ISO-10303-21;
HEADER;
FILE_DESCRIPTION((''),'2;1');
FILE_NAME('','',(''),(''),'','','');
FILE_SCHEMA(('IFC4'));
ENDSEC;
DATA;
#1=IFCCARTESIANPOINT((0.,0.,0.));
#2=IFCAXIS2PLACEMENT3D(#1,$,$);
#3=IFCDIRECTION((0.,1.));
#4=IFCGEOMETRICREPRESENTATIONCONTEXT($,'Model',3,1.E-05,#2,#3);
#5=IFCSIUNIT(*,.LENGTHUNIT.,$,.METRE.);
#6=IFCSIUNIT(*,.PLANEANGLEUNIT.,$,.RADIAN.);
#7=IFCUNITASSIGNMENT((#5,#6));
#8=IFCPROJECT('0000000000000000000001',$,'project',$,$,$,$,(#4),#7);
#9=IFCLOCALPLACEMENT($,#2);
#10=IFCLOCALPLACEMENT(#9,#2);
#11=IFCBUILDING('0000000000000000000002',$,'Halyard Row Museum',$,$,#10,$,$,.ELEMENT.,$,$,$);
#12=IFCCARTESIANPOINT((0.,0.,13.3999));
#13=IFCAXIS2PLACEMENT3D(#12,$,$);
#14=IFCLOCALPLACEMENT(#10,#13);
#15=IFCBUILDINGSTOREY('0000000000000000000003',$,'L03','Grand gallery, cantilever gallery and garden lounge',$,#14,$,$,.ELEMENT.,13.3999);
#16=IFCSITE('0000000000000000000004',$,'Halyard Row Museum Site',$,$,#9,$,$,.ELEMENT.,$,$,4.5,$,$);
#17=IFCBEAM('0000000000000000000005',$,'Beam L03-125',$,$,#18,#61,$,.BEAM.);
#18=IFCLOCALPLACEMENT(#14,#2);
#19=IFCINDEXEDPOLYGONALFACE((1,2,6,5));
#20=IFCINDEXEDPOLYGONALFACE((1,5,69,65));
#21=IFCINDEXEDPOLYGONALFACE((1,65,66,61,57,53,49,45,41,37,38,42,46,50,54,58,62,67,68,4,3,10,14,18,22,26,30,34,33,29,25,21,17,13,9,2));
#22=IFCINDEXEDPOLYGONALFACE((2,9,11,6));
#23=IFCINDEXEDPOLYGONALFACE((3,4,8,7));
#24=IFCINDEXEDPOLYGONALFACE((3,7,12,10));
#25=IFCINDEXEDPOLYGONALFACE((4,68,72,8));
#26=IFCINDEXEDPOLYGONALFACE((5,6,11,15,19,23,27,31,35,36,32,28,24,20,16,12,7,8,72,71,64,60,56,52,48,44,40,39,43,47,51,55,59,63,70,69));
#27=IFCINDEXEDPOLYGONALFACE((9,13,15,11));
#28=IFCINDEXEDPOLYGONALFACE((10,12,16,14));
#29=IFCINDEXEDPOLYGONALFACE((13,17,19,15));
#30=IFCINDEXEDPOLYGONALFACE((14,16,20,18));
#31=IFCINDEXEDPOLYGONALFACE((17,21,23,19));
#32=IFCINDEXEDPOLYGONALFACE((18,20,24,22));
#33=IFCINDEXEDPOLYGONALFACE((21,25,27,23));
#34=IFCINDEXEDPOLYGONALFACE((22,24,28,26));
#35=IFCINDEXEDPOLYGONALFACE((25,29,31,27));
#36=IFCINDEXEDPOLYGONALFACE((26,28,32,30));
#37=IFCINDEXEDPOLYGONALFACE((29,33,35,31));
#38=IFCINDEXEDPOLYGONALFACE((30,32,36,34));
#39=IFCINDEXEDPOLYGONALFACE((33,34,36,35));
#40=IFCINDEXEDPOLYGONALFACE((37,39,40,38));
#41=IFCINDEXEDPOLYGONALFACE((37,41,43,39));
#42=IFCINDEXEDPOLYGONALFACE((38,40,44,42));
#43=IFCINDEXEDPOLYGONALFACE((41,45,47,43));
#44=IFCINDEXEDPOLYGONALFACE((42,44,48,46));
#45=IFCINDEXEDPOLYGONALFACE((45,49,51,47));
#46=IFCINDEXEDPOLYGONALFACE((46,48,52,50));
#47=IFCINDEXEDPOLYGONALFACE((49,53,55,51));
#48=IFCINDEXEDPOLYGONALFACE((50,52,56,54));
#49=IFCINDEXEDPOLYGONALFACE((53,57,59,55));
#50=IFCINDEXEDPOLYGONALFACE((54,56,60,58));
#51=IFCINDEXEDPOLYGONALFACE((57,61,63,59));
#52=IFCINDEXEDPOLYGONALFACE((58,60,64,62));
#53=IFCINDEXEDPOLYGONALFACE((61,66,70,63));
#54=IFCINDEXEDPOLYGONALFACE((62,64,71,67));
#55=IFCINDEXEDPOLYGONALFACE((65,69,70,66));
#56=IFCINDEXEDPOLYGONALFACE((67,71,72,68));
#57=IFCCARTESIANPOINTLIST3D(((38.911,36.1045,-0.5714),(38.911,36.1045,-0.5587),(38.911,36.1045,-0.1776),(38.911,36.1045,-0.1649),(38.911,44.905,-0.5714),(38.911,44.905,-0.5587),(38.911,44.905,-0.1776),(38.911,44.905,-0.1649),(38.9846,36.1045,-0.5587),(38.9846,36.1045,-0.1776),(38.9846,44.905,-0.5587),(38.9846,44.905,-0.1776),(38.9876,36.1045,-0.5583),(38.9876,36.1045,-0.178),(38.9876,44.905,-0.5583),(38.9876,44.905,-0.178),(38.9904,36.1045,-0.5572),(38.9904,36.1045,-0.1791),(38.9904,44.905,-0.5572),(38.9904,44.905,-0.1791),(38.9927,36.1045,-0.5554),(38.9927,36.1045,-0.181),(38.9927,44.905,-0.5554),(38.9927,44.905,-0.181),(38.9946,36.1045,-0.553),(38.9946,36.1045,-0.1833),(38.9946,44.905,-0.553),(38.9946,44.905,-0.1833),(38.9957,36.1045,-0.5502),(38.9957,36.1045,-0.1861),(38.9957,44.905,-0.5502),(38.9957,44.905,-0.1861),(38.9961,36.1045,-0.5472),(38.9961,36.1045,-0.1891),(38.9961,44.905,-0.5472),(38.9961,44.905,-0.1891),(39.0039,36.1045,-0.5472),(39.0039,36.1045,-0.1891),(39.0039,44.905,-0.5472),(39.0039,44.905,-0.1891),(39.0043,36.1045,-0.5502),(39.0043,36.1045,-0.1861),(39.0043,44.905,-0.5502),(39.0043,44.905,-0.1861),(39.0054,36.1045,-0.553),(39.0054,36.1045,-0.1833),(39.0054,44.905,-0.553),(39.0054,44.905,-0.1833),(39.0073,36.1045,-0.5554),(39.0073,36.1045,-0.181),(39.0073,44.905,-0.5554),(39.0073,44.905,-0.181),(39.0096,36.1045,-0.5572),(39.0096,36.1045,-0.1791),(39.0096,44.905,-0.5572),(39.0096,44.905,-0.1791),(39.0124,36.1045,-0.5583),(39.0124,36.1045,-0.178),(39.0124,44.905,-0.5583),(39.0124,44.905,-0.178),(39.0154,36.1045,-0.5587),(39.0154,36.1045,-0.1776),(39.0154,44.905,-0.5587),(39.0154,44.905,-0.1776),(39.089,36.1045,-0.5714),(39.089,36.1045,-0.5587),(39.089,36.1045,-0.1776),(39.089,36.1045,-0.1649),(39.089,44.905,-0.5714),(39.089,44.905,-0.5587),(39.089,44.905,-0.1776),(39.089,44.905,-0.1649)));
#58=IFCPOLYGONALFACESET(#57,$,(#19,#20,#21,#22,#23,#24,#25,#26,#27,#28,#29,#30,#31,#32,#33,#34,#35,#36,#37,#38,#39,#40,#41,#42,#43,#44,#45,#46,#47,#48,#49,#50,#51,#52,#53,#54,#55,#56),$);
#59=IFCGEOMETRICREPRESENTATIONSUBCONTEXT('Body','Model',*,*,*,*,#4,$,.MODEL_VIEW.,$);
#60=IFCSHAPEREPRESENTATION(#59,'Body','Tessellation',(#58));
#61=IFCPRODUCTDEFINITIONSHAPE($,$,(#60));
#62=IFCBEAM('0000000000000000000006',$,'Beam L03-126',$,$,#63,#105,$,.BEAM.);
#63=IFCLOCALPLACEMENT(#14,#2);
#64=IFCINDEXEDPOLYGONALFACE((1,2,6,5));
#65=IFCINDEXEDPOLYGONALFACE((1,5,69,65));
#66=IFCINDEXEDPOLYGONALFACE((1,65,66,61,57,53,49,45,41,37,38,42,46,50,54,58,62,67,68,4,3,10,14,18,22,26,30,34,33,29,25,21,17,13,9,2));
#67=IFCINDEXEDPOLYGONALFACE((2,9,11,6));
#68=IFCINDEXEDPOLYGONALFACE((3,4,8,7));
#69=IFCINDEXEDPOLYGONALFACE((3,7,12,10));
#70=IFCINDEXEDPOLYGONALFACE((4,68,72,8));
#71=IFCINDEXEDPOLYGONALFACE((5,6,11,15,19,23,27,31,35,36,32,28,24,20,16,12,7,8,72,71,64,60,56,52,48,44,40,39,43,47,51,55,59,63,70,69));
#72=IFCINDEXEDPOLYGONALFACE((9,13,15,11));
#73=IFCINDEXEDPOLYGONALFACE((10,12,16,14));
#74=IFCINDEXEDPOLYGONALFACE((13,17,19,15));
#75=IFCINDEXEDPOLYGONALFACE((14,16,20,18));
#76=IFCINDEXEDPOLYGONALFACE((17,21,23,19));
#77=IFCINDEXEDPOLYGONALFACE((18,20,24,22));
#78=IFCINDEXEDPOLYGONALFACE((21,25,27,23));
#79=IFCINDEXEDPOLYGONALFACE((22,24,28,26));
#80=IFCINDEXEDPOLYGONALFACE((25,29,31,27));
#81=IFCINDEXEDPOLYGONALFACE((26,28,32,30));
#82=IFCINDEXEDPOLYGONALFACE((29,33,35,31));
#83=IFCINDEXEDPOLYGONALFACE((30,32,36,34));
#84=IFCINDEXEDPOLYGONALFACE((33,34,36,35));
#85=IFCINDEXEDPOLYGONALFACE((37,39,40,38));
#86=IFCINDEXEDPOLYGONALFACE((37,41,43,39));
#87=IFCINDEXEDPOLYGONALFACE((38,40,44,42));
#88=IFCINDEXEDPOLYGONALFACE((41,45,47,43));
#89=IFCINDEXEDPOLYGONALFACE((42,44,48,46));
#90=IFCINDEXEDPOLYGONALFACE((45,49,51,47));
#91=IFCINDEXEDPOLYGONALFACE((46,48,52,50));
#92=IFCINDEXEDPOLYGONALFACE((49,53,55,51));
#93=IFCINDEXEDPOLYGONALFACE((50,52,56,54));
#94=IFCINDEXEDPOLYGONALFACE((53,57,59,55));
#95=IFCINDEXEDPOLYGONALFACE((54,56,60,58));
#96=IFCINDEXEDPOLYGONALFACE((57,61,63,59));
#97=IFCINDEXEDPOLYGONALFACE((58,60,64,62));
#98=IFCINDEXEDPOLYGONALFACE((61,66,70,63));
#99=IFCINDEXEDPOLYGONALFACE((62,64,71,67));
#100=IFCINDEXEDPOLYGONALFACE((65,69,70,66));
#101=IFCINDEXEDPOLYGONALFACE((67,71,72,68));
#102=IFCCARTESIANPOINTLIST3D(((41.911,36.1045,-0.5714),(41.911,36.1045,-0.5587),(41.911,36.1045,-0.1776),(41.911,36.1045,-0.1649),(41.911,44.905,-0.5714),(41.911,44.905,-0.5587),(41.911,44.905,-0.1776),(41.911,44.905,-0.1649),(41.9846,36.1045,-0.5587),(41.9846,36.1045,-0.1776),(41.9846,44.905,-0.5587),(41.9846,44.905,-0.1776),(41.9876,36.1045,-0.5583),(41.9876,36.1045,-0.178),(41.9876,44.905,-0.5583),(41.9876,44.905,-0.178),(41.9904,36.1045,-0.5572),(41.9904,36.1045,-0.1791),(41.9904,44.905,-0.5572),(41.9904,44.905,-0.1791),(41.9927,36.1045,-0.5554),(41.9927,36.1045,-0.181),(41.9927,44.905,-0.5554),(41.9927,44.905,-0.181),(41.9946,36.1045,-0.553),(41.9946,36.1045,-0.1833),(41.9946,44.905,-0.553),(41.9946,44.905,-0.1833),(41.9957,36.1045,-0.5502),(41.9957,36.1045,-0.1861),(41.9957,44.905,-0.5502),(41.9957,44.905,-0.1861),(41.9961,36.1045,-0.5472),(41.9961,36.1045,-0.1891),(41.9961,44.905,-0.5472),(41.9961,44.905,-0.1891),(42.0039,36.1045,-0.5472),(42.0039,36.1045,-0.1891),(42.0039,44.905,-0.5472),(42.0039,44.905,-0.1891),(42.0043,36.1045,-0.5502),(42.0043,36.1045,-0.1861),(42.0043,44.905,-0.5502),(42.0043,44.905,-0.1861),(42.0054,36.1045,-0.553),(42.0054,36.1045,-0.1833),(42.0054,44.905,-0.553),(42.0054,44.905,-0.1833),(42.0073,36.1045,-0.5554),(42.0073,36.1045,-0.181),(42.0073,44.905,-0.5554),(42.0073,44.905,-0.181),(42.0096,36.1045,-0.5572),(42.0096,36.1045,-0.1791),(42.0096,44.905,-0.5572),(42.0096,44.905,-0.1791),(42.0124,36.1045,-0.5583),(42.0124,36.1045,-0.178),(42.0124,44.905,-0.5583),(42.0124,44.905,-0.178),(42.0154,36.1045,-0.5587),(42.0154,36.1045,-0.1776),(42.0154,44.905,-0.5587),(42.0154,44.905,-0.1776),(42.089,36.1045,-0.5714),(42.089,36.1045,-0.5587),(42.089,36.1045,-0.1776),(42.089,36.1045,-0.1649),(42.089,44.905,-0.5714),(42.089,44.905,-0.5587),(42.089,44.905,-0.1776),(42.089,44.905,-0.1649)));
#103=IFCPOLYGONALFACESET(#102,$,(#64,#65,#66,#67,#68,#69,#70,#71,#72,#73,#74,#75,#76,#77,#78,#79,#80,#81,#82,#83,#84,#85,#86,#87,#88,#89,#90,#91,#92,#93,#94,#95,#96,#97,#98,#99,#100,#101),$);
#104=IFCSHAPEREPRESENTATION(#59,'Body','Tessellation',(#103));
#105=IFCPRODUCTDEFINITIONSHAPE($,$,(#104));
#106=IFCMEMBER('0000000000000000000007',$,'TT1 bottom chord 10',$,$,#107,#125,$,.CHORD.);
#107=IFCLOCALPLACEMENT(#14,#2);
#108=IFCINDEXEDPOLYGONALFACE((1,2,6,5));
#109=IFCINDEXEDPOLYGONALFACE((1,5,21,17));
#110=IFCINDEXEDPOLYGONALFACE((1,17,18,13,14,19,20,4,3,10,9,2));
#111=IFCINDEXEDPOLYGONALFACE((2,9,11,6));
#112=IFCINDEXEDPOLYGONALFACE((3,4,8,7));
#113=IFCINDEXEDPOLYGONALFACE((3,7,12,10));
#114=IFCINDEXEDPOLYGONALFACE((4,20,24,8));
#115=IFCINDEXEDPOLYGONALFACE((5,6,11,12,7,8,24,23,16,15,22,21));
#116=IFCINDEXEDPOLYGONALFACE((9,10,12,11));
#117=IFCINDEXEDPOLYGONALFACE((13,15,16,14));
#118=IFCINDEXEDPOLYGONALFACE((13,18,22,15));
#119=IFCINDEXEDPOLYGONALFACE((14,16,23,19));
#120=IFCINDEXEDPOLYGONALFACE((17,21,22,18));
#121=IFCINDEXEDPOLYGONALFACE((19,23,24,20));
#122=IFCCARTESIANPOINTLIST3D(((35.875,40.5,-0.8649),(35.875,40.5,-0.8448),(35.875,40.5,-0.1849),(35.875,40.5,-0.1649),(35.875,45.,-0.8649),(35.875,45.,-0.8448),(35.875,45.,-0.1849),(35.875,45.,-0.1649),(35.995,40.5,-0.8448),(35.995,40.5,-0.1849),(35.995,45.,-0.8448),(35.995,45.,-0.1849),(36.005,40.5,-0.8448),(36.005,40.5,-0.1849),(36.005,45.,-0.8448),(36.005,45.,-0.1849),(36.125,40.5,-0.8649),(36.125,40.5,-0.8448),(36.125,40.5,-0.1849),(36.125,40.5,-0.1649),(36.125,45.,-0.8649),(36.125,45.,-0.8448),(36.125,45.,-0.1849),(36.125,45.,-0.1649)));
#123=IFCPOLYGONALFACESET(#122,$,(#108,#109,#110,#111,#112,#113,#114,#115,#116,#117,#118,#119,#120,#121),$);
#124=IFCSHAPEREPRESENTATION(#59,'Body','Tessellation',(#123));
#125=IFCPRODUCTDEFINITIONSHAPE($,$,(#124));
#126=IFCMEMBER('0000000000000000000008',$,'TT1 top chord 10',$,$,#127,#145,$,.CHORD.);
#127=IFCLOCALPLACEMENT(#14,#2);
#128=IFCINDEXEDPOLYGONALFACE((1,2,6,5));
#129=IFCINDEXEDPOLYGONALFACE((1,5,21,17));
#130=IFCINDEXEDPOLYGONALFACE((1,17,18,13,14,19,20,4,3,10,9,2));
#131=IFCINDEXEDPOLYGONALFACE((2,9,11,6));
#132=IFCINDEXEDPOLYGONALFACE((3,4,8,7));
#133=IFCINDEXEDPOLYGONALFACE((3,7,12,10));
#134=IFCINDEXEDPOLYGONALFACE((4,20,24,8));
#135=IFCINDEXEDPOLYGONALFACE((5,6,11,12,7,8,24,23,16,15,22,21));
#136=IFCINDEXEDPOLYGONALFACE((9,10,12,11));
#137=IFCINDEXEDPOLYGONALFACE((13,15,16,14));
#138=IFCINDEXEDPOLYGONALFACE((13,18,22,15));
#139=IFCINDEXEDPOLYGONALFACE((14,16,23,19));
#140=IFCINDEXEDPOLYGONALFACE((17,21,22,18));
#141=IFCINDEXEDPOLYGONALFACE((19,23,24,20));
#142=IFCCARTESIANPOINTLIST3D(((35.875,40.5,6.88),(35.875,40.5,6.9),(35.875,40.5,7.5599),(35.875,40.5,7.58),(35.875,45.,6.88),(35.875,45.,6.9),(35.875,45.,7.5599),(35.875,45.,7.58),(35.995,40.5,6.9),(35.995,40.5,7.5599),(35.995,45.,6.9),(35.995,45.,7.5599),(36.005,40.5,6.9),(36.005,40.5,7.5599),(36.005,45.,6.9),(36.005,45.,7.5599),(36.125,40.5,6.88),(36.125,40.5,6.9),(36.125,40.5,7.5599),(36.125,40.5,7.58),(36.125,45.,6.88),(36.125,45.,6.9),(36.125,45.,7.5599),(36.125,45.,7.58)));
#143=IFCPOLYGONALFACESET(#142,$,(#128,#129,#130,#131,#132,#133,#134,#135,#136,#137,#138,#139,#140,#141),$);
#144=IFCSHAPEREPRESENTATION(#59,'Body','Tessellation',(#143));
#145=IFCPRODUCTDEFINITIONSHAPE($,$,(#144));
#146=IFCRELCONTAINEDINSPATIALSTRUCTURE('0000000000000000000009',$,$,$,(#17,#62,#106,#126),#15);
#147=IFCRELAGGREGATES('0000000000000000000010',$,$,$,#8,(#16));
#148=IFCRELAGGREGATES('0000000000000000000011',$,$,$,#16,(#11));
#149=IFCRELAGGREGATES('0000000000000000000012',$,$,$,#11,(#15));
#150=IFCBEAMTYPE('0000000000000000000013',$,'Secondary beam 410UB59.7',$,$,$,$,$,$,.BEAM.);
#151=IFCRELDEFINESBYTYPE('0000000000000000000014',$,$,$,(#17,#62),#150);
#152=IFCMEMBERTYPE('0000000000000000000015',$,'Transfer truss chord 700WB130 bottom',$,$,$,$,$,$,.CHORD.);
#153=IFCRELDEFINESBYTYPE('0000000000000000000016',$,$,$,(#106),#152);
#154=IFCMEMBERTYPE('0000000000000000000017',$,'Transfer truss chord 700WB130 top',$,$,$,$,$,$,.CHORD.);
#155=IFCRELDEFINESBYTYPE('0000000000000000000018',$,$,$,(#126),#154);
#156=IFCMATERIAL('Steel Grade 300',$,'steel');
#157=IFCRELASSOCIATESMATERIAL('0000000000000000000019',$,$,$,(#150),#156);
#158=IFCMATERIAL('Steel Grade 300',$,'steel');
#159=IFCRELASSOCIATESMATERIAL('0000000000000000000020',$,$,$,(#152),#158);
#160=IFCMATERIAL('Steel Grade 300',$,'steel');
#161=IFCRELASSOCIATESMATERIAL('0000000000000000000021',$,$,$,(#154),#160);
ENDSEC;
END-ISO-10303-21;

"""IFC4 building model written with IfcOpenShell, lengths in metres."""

from ifc_helpers import new_model, si_unit, direction, frame, origin, origin_2d, place, context, subcontext, project, spatial, i_section, extrude, material, material_profile, profile_set, type_object, element, save


model = new_model("IFC4")

# Units and contexts
model_context = context("Model", 3, precision=1e-05, world=origin(), true_north=direction((0.0, 1.0)))
body_context = subcontext(model_context, "Body", "Model", "MODEL_VIEW")
ifc_project = project(units=[si_unit("LENGTHUNIT", "METRE"), si_unit("PLANEANGLEUNIT", "RADIAN")], contexts=[model_context])

# Site, building, storey
site_placement = place(None, origin())
site = spatial("IfcSite", under=ifc_project, at=site_placement, Name="Halyard Row Museum Site", CompositionType="ELEMENT", RefElevation=4.5)
building_placement = place(site_placement, origin())
building = spatial("IfcBuilding", under=site, at=building_placement, Name="Halyard Row Museum", CompositionType="ELEMENT")
storey_placement = place(building_placement, frame((0.0, 0.0, 13.3999)))
storey = spatial("IfcBuildingStorey", under=building, at=storey_placement, Name="L03", Description="Grand gallery, cantilever gallery and garden lounge", CompositionType="ELEMENT", Elevation=13.3999)

# Beams
ifc_material_1 = material(Name="Steel Grade 300", Category="steel")
ifc_material_profile_1 = material_profile(ifc_material_1, i_section(OverallWidth=0.178, OverallDepth=0.4065, WebThickness=0.0078, FlangeThickness=0.0127, FilletRadius=0.0115, at=origin_2d()), Name="410UB59.7")
ifc_profile_set_1 = profile_set([ifc_material_profile_1], Name="Steel Grade 300")
beam_type_1 = type_object("IfcBeamType", Name="Secondary beam 410UB59.7", PredefinedType="BEAM", material=ifc_profile_set_1)
for number, where, z_axis, x_axis, name in (
    (1, (39.0, 36.1045, -0.3682), (0.0, 1.0, 0.0), (-1.0, 0.0, 0.0), "Beam L03-125"),
    (2, (42.0, 36.1045, -0.3682), (0.0, 1.0, 0.0), (-1.0, 0.0, 0.0), "Beam L03-126"),
):
    element("IfcBeam", number, at=place(storey_placement, frame(where, z_axis=z_axis, x_axis=x_axis)), inside=storey, type_object=beam_type_1, Name=name, PredefinedType="BEAM", context=body_context, shape_type="SweptSolid", body=[
        extrude(i_section(OverallWidth=0.178, OverallDepth=0.4065, WebThickness=0.0078, FlangeThickness=0.0127, FilletRadius=0.0115, at=origin_2d()), origin(), (0.0, 0.0, 1.0), 8.8005),
    ])

# Members
ifc_material_2 = material(Name="Steel Grade 300", Category="steel")
ifc_material_profile_2 = material_profile(ifc_material_2, i_section(OverallWidth=0.25, OverallDepth=0.7, WebThickness=0.01, FlangeThickness=0.02, at=origin_2d()), Name="700WB130")
ifc_profile_set_2 = profile_set([ifc_material_profile_2], Name="Steel Grade 300")
member_type_1 = type_object("IfcMemberType", Name="Transfer truss chord 700WB130 bottom", PredefinedType="CHORD", material=ifc_profile_set_2)
member_1_placement = place(storey_placement, frame((36.0, 40.5, -0.5149), z_axis=(0.0, 1.0, 0.0), x_axis=(-1.0, 0.0, 0.0)))
element("IfcMember", 3, at=member_1_placement, inside=storey, type_object=member_type_1, Name="TT1 bottom chord 10", PredefinedType="CHORD", context=body_context, shape_type="SweptSolid", body=[
    extrude(i_section(OverallWidth=0.25, OverallDepth=0.7, WebThickness=0.01, FlangeThickness=0.02, at=origin_2d()), origin(), (0.0, 0.0, 1.0), 4.5),
])
ifc_material_3 = material(Name="Steel Grade 300", Category="steel")
ifc_material_profile_3 = material_profile(ifc_material_3, i_section(OverallWidth=0.25, OverallDepth=0.7, WebThickness=0.01, FlangeThickness=0.02, at=origin_2d()), Name="700WB130")
ifc_profile_set_3 = profile_set([ifc_material_profile_3], Name="Steel Grade 300")
member_type_2 = type_object("IfcMemberType", Name="Transfer truss chord 700WB130 top", PredefinedType="CHORD", material=ifc_profile_set_3)
member_2_placement = place(storey_placement, frame((36.0, 40.5, 7.23), z_axis=(0.0, 1.0, 0.0), x_axis=(-1.0, 0.0, 0.0)))
element("IfcMember", 4, at=member_2_placement, inside=storey, type_object=member_type_2, Name="TT1 top chord 10", PredefinedType="CHORD", context=body_context, shape_type="SweptSolid", body=[
    extrude(i_section(OverallWidth=0.25, OverallDepth=0.7, WebThickness=0.01, FlangeThickness=0.02, at=origin_2d()), origin(), (0.0, 0.0, 1.0), 4.5),
])

save(model, "model.ifc")
